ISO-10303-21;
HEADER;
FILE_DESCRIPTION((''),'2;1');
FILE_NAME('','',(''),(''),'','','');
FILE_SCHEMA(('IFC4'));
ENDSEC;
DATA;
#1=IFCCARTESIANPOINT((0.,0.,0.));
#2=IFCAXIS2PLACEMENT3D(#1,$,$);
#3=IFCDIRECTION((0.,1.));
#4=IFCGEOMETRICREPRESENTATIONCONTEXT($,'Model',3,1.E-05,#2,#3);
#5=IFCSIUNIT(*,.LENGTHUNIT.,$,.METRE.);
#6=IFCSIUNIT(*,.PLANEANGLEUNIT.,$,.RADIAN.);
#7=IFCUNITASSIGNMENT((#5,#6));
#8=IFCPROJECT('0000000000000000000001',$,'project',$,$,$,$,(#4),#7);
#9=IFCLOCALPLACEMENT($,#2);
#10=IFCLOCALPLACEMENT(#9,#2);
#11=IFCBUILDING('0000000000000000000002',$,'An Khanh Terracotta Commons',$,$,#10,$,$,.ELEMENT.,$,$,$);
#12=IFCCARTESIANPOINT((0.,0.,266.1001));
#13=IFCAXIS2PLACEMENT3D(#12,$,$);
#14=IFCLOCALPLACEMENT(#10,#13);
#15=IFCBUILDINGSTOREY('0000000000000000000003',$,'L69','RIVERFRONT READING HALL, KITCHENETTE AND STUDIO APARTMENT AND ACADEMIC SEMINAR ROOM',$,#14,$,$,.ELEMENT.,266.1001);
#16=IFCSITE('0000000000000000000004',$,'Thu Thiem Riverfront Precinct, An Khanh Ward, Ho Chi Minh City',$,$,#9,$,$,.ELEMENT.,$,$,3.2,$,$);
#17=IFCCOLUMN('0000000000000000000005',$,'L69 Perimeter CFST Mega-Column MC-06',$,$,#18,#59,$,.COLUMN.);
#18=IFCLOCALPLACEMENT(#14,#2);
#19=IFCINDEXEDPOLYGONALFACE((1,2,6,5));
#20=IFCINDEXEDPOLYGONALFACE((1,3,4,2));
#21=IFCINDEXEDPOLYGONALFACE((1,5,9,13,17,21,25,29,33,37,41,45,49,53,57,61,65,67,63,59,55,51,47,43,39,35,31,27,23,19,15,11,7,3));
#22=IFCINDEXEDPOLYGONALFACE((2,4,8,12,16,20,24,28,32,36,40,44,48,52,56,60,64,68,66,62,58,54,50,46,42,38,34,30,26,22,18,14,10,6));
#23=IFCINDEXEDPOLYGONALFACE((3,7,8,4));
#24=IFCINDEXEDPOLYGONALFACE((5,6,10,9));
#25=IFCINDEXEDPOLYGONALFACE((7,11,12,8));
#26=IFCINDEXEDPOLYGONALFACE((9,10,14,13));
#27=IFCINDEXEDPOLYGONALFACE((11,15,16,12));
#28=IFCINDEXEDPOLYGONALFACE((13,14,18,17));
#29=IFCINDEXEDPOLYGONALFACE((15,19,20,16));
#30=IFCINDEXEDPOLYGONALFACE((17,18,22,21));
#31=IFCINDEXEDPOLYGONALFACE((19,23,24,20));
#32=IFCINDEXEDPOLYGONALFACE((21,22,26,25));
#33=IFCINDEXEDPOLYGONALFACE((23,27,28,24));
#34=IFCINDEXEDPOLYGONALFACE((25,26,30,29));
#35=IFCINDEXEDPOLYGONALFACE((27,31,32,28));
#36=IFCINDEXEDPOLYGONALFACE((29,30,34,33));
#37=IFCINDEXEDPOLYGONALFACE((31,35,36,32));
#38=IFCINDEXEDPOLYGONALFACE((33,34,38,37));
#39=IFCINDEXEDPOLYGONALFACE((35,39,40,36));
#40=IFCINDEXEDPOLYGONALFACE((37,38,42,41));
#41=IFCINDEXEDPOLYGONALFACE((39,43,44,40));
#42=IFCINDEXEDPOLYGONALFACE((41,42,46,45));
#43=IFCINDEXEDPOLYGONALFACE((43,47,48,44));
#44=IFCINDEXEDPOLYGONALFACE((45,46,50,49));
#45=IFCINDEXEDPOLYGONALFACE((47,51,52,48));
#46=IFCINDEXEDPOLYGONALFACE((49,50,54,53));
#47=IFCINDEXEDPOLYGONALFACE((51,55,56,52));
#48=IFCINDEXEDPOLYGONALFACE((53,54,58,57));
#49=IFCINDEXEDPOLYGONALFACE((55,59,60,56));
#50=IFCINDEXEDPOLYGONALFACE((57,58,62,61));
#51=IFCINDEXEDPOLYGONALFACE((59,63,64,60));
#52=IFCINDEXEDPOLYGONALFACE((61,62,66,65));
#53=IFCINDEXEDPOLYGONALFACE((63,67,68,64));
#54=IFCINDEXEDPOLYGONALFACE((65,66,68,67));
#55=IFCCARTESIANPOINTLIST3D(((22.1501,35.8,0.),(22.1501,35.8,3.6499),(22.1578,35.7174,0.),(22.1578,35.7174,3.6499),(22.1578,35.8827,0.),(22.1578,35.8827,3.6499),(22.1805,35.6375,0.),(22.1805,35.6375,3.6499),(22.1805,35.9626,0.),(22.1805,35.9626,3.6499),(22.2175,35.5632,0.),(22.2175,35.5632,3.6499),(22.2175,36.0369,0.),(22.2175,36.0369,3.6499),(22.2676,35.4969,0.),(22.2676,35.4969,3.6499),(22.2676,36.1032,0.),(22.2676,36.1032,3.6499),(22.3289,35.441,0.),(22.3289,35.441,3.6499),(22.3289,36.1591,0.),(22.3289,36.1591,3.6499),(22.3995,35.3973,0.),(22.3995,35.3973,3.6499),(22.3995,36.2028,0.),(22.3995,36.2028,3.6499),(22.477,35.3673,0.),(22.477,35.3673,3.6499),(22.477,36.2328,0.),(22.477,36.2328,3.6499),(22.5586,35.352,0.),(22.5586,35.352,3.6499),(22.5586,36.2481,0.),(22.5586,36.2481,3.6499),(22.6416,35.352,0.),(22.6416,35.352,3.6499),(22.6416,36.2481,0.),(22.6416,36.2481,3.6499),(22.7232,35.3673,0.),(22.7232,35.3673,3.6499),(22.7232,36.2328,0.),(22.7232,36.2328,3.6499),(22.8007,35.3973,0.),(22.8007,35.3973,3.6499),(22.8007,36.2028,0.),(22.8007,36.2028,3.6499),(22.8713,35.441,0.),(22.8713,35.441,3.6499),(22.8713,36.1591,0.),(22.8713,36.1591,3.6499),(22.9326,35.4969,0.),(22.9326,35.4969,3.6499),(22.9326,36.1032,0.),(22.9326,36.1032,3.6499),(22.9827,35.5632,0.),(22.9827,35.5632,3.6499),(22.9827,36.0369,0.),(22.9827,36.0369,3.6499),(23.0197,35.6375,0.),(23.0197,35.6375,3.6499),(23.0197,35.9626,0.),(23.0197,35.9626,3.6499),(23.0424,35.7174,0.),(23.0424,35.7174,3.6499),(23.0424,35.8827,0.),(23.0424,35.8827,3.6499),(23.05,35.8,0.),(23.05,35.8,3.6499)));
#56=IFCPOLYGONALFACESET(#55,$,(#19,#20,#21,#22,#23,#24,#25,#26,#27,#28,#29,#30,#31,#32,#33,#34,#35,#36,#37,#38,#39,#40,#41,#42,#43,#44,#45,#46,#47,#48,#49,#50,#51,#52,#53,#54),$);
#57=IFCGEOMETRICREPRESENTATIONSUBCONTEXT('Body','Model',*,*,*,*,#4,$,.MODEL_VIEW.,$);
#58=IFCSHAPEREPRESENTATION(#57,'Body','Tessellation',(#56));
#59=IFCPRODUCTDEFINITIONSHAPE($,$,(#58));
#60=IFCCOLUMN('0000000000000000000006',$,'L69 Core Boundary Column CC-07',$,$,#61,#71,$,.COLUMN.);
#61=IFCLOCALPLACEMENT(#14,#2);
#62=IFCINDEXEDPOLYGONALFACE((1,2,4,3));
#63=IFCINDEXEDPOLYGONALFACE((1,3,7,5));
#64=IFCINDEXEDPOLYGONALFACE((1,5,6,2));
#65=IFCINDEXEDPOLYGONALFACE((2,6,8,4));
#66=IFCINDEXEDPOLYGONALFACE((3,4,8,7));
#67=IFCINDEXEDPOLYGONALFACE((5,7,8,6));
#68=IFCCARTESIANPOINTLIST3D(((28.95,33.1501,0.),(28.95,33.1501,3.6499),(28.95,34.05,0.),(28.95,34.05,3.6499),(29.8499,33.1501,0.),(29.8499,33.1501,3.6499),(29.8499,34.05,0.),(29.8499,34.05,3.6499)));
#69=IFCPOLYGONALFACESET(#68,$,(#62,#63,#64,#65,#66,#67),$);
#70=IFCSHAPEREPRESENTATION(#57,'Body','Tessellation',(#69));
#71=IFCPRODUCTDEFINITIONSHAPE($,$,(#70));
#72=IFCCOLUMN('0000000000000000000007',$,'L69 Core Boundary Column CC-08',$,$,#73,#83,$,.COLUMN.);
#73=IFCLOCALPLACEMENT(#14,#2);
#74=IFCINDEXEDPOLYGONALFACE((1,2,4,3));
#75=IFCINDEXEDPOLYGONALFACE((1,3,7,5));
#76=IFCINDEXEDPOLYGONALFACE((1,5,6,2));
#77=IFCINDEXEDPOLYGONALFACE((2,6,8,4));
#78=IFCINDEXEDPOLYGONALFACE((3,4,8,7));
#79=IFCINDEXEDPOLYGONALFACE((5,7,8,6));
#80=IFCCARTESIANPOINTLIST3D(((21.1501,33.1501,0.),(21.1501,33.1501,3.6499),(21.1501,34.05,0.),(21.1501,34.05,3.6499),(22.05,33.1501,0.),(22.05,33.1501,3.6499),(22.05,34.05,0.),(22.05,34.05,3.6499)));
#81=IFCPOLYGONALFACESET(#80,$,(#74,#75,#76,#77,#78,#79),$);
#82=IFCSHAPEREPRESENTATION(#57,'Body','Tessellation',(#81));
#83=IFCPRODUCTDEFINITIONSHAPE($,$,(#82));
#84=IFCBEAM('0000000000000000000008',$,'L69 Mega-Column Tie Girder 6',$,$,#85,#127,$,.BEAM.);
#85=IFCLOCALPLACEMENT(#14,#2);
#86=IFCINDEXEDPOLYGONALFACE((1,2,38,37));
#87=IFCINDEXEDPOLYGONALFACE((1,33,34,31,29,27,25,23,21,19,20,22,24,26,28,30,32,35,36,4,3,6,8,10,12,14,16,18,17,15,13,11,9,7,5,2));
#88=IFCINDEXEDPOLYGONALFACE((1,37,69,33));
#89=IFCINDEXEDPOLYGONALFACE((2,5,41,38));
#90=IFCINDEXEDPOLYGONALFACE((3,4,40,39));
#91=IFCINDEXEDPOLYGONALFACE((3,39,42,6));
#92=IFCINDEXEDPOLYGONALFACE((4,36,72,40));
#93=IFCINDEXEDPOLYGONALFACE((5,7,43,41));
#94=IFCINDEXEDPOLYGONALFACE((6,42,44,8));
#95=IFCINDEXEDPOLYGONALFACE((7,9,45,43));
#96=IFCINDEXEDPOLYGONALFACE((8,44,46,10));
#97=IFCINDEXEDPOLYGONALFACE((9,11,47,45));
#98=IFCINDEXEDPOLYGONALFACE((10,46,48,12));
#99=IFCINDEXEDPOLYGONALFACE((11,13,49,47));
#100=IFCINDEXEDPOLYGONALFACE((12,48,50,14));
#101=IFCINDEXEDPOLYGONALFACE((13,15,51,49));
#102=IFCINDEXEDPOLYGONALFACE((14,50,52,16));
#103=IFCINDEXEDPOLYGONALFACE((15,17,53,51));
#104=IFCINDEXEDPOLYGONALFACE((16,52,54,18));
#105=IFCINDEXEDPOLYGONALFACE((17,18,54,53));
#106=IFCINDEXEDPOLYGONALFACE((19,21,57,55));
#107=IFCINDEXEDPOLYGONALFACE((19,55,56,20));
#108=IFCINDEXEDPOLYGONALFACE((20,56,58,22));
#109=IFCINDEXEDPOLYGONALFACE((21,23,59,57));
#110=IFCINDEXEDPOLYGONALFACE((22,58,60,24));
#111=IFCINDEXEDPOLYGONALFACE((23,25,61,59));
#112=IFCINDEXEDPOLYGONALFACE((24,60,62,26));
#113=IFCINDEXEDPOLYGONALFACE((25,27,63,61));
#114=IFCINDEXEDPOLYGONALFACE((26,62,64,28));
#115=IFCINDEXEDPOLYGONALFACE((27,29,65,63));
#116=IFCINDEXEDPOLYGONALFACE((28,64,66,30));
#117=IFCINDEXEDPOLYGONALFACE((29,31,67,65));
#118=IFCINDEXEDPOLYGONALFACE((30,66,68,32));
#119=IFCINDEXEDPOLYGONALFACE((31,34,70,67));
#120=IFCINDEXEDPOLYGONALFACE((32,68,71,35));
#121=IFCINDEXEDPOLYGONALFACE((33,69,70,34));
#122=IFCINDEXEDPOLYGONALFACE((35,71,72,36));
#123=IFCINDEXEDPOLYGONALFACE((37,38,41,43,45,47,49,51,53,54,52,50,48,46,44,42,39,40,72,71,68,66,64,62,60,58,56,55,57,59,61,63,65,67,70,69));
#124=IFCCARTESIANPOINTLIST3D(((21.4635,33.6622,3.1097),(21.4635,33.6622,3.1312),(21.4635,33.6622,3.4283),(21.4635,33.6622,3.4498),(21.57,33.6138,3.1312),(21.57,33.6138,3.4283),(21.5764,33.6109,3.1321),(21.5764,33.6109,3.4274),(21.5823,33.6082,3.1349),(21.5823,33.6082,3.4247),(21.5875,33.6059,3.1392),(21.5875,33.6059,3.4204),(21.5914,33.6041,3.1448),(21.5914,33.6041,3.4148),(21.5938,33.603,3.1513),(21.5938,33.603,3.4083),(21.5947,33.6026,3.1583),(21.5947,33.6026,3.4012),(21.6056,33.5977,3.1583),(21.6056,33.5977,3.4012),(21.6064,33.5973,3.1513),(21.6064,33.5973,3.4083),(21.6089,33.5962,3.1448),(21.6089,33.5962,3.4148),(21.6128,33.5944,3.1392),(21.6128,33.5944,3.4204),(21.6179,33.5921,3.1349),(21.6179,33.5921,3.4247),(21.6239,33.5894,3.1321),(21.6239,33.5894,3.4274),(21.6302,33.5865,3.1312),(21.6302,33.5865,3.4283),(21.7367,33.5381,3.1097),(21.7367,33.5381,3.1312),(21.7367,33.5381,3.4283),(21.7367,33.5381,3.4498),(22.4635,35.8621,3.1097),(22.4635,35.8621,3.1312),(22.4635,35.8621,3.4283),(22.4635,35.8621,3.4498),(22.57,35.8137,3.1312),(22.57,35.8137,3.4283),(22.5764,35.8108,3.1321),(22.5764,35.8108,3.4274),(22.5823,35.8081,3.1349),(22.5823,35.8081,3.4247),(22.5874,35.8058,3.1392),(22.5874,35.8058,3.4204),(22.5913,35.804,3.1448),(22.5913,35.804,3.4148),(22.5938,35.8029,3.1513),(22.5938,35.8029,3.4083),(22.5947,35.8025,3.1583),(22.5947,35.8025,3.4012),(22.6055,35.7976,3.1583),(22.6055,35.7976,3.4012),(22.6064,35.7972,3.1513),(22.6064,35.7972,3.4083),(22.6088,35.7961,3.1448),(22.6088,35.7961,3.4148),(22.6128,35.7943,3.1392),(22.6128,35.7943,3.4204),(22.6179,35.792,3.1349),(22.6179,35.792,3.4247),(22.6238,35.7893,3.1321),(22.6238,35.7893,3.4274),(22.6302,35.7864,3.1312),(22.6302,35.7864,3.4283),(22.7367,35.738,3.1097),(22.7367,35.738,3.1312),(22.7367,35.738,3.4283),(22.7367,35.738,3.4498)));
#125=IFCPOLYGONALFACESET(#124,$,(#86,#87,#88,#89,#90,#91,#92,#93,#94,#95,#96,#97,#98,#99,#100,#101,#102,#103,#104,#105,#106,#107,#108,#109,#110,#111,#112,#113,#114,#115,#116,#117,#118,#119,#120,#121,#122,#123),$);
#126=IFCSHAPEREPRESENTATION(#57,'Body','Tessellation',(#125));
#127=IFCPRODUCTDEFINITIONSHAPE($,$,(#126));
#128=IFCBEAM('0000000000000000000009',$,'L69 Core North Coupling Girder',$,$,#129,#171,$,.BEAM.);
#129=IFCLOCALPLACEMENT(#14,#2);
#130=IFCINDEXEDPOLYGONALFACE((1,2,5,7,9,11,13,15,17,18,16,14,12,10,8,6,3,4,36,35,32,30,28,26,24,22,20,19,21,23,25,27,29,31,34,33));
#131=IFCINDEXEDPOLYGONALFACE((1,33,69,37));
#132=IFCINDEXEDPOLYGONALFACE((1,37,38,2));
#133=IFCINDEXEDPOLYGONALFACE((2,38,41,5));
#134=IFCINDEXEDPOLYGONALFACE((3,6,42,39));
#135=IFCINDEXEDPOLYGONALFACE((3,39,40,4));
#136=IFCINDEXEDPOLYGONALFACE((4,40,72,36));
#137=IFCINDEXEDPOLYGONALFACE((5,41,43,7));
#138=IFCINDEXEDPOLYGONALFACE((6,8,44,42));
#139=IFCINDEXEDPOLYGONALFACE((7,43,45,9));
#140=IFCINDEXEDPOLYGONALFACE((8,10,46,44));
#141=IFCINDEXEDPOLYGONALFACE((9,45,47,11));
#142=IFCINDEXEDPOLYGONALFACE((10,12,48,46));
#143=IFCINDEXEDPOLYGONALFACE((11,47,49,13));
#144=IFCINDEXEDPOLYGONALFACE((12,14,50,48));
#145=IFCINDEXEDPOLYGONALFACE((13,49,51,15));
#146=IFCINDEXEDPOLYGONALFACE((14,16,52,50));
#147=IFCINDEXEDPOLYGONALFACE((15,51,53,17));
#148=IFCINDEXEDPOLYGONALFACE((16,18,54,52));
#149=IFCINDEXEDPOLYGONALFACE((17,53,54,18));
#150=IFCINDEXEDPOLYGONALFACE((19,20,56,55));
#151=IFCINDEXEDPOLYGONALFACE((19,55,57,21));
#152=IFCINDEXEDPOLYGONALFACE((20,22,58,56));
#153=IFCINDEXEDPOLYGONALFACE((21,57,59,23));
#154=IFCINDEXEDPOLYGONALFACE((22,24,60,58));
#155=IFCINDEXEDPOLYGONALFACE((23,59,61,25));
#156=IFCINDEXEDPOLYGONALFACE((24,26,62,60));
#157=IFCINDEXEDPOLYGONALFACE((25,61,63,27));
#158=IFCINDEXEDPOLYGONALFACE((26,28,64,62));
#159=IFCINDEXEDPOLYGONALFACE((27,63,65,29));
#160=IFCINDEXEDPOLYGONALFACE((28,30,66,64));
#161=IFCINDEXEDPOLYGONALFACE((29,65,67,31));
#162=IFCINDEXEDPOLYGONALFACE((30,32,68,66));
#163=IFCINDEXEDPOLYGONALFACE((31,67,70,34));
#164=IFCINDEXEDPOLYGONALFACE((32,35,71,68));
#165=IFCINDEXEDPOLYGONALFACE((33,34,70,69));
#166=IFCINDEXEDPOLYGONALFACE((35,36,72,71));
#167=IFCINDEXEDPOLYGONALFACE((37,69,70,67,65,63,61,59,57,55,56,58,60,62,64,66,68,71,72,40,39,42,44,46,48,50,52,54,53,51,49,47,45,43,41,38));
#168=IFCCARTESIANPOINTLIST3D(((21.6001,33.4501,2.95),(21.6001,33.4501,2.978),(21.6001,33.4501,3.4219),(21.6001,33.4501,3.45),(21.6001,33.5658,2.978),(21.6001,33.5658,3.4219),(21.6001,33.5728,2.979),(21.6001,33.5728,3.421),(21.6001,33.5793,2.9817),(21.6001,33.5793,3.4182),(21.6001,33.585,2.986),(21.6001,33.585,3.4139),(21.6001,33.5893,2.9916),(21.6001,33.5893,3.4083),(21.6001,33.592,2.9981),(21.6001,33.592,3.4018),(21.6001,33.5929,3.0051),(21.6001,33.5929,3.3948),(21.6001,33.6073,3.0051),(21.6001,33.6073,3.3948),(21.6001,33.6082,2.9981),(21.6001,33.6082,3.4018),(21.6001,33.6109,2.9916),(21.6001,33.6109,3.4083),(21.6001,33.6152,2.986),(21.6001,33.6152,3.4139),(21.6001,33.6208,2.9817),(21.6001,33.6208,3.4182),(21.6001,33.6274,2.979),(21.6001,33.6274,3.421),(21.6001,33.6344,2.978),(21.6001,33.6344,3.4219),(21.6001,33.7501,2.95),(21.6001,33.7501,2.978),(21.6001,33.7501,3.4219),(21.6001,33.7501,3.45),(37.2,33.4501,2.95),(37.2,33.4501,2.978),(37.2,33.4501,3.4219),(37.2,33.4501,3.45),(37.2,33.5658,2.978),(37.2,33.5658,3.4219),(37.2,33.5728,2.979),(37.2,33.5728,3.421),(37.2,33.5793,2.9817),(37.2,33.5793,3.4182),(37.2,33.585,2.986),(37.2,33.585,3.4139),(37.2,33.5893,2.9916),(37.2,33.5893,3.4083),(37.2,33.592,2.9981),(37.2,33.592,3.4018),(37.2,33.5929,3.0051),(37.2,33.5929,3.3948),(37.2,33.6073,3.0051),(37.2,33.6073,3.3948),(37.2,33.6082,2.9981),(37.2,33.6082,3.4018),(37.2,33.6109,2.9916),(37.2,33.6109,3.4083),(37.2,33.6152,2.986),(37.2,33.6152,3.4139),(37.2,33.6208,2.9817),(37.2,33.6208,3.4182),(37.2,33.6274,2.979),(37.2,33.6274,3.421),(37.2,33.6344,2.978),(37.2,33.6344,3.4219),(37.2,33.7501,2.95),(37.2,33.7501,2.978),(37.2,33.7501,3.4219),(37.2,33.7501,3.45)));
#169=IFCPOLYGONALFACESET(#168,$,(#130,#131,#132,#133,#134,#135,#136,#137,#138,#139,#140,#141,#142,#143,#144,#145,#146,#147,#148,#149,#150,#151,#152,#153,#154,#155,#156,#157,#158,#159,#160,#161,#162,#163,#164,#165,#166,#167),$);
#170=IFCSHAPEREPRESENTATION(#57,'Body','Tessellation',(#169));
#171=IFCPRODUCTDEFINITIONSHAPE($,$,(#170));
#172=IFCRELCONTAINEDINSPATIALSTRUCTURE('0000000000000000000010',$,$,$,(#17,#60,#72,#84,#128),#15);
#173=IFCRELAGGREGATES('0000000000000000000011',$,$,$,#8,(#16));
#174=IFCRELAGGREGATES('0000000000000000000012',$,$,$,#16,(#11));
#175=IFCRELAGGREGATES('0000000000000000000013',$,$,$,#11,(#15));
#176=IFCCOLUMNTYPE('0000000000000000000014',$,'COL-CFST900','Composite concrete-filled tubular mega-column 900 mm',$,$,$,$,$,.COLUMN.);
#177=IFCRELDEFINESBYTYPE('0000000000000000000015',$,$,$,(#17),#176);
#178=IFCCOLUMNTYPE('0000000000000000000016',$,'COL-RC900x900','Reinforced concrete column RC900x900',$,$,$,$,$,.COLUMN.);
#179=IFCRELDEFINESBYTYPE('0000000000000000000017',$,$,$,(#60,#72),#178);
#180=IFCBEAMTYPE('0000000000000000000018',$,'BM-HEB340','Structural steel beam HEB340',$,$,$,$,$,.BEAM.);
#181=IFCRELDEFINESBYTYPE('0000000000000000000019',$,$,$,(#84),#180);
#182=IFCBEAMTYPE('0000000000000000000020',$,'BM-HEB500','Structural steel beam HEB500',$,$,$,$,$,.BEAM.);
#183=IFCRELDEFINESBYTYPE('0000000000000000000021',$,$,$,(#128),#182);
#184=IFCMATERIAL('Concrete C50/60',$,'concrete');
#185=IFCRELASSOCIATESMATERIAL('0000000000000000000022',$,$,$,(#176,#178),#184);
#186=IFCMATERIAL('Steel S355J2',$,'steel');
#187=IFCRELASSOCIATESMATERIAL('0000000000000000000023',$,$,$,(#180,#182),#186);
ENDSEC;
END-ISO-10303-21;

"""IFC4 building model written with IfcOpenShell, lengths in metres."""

from ifc_helpers import new_model, si_unit, direction, frame, origin, origin_2d, place, context, subcontext, project, spatial, rectangle, circle, i_section, extrude, material, material_profile, profile_set, type_object, element, save


model = new_model("IFC4")

# Units and contexts
model_context = context("Model", 3, precision=1e-05, world=origin(), true_north=direction((0.0, 1.0)))
body_context = subcontext(model_context, "Body", "Model", "MODEL_VIEW")
ifc_project = project(units=[si_unit("LENGTHUNIT", "METRE"), si_unit("PLANEANGLEUNIT", "RADIAN")], contexts=[model_context])

# Site, building, storey
site_placement = place(None, origin())
site = spatial("IfcSite", under=ifc_project, at=site_placement, Name="Thu Thiem Riverfront Precinct, An Khanh Ward, Ho Chi Minh City", CompositionType="ELEMENT", RefElevation=3.2)
building_placement = place(site_placement, origin())
building = spatial("IfcBuilding", under=site, at=building_placement, Name="An Khanh Terracotta Commons", CompositionType="ELEMENT")
storey_placement = place(building_placement, frame((0.0, 0.0, 266.1001)))
storey = spatial("IfcBuildingStorey", under=building, at=storey_placement, Name="L69", Description="RIVERFRONT READING HALL, KITCHENETTE AND STUDIO APARTMENT AND ACADEMIC SEMINAR ROOM", CompositionType="ELEMENT", Elevation=266.1001)

# Columns
ifc_material_1 = material(Name="Concrete C50/60", Category="concrete")
ifc_material_profile_1 = material_profile(ifc_material_1, circle(Radius=0.45, at=origin_2d()), Name="CFST900")
ifc_profile_set_1 = profile_set([ifc_material_profile_1], Name="Concrete C50/60")
column_type_1 = type_object("IfcColumnType", Name="COL-CFST900", Description="Composite concrete-filled tubular mega-column 900 mm", PredefinedType="COLUMN", material=ifc_profile_set_1)
column_placement = place(storey_placement, frame((22.6001, 35.8, 0.0), z_axis=(0.0, 0.0, 1.0), x_axis=(1.0, 0.0, 0.0)))
element("IfcColumn", 1, at=column_placement, inside=storey, type_object=column_type_1, Name="L69 Perimeter CFST Mega-Column MC-06", PredefinedType="COLUMN", context=body_context, shape_type="SweptSolid", body=[
    extrude(circle(Radius=0.45, at=origin_2d()), origin(), (0.0, 0.0, 1.0), 3.6499),
])
ifc_material_profile_2 = material_profile(ifc_material_1, rectangle(XDim=0.8999, YDim=0.8999, at=origin_2d()), Name="RC900x900")
ifc_profile_set_2 = profile_set([ifc_material_profile_2], Name="Concrete C50/60")
column_type_2 = type_object("IfcColumnType", Name="COL-RC900x900", Description="Reinforced concrete column RC900x900", PredefinedType="COLUMN", material=ifc_profile_set_2)
for number, where, z_axis, x_axis, name in (
    (2, (29.3999, 33.6001, 0.0), (0.0, 0.0, 1.0), (1.0, 0.0, 0.0), "L69 Core Boundary Column CC-07"),
    (3, (21.6001, 33.6001, 0.0), (0.0, 0.0, 1.0), (1.0, 0.0, 0.0), "L69 Core Boundary Column CC-08"),
):
    element("IfcColumn", number, at=place(storey_placement, frame(where, z_axis=z_axis, x_axis=x_axis)), inside=storey, type_object=column_type_2, Name=name, PredefinedType="COLUMN", context=body_context, shape_type="SweptSolid", body=[
        extrude(rectangle(XDim=0.8999, YDim=0.8999, at=origin_2d()), origin(), (0.0, 0.0, 1.0), 3.6499),
    ])

# Beams
ifc_material_2 = material(Name="Steel S355J2", Category="steel")
ifc_material_profile_3 = material_profile(ifc_material_2, i_section(OverallWidth=0.3, OverallDepth=0.3401, WebThickness=0.012, FlangeThickness=0.0215, FilletRadius=0.0271, at=origin_2d()), Name="HEB340")
ifc_profile_set_3 = profile_set([ifc_material_profile_3], Name="Steel S355J2")
beam_type_1 = type_object("IfcBeamType", Name="BM-HEB340", Description="Structural steel beam HEB340", PredefinedType="BEAM", material=ifc_profile_set_3)
beam_1_placement = place(storey_placement, frame((22.6001, 35.8, 3.2798), z_axis=(-0.413811, -0.910363, 0.0), x_axis=(0.910363, -0.413811, 0.0)))
element("IfcBeam", 4, at=beam_1_placement, inside=storey, type_object=beam_type_1, Name="L69 Mega-Column Tie Girder 6", PredefinedType="BEAM", context=body_context, shape_type="SweptSolid", body=[
    extrude(i_section(OverallWidth=0.3, OverallDepth=0.3401, WebThickness=0.012, FlangeThickness=0.0215, FilletRadius=0.0271, at=origin_2d()), origin(), (0.0, 0.0, 1.0), 2.4165),
])
ifc_material_profile_4 = material_profile(ifc_material_2, i_section(OverallWidth=0.3, OverallDepth=0.5, WebThickness=0.0144, FlangeThickness=0.0281, FilletRadius=0.0271, at=origin_2d()), Name="HEB500")
ifc_profile_set_4 = profile_set([ifc_material_profile_4], Name="Steel S355J2")
beam_type_2 = type_object("IfcBeamType", Name="BM-HEB500", Description="Structural steel beam HEB500", PredefinedType="BEAM", material=ifc_profile_set_4)
beam_2_placement = place(storey_placement, frame((21.6001, 33.6001, 3.2), z_axis=(1.0, 0.0, 0.0), x_axis=(0.0, 1.0, 0.0)))
element("IfcBeam", 5, at=beam_2_placement, inside=storey, type_object=beam_type_2, Name="L69 Core North Coupling Girder", PredefinedType="BEAM", context=body_context, shape_type="SweptSolid", body=[
    extrude(i_section(OverallWidth=0.3, OverallDepth=0.5, WebThickness=0.0144, FlangeThickness=0.0281, FilletRadius=0.0271, at=origin_2d()), origin(), (0.0, 0.0, 1.0), 15.5999),
])

save(model, "model.ifc")
